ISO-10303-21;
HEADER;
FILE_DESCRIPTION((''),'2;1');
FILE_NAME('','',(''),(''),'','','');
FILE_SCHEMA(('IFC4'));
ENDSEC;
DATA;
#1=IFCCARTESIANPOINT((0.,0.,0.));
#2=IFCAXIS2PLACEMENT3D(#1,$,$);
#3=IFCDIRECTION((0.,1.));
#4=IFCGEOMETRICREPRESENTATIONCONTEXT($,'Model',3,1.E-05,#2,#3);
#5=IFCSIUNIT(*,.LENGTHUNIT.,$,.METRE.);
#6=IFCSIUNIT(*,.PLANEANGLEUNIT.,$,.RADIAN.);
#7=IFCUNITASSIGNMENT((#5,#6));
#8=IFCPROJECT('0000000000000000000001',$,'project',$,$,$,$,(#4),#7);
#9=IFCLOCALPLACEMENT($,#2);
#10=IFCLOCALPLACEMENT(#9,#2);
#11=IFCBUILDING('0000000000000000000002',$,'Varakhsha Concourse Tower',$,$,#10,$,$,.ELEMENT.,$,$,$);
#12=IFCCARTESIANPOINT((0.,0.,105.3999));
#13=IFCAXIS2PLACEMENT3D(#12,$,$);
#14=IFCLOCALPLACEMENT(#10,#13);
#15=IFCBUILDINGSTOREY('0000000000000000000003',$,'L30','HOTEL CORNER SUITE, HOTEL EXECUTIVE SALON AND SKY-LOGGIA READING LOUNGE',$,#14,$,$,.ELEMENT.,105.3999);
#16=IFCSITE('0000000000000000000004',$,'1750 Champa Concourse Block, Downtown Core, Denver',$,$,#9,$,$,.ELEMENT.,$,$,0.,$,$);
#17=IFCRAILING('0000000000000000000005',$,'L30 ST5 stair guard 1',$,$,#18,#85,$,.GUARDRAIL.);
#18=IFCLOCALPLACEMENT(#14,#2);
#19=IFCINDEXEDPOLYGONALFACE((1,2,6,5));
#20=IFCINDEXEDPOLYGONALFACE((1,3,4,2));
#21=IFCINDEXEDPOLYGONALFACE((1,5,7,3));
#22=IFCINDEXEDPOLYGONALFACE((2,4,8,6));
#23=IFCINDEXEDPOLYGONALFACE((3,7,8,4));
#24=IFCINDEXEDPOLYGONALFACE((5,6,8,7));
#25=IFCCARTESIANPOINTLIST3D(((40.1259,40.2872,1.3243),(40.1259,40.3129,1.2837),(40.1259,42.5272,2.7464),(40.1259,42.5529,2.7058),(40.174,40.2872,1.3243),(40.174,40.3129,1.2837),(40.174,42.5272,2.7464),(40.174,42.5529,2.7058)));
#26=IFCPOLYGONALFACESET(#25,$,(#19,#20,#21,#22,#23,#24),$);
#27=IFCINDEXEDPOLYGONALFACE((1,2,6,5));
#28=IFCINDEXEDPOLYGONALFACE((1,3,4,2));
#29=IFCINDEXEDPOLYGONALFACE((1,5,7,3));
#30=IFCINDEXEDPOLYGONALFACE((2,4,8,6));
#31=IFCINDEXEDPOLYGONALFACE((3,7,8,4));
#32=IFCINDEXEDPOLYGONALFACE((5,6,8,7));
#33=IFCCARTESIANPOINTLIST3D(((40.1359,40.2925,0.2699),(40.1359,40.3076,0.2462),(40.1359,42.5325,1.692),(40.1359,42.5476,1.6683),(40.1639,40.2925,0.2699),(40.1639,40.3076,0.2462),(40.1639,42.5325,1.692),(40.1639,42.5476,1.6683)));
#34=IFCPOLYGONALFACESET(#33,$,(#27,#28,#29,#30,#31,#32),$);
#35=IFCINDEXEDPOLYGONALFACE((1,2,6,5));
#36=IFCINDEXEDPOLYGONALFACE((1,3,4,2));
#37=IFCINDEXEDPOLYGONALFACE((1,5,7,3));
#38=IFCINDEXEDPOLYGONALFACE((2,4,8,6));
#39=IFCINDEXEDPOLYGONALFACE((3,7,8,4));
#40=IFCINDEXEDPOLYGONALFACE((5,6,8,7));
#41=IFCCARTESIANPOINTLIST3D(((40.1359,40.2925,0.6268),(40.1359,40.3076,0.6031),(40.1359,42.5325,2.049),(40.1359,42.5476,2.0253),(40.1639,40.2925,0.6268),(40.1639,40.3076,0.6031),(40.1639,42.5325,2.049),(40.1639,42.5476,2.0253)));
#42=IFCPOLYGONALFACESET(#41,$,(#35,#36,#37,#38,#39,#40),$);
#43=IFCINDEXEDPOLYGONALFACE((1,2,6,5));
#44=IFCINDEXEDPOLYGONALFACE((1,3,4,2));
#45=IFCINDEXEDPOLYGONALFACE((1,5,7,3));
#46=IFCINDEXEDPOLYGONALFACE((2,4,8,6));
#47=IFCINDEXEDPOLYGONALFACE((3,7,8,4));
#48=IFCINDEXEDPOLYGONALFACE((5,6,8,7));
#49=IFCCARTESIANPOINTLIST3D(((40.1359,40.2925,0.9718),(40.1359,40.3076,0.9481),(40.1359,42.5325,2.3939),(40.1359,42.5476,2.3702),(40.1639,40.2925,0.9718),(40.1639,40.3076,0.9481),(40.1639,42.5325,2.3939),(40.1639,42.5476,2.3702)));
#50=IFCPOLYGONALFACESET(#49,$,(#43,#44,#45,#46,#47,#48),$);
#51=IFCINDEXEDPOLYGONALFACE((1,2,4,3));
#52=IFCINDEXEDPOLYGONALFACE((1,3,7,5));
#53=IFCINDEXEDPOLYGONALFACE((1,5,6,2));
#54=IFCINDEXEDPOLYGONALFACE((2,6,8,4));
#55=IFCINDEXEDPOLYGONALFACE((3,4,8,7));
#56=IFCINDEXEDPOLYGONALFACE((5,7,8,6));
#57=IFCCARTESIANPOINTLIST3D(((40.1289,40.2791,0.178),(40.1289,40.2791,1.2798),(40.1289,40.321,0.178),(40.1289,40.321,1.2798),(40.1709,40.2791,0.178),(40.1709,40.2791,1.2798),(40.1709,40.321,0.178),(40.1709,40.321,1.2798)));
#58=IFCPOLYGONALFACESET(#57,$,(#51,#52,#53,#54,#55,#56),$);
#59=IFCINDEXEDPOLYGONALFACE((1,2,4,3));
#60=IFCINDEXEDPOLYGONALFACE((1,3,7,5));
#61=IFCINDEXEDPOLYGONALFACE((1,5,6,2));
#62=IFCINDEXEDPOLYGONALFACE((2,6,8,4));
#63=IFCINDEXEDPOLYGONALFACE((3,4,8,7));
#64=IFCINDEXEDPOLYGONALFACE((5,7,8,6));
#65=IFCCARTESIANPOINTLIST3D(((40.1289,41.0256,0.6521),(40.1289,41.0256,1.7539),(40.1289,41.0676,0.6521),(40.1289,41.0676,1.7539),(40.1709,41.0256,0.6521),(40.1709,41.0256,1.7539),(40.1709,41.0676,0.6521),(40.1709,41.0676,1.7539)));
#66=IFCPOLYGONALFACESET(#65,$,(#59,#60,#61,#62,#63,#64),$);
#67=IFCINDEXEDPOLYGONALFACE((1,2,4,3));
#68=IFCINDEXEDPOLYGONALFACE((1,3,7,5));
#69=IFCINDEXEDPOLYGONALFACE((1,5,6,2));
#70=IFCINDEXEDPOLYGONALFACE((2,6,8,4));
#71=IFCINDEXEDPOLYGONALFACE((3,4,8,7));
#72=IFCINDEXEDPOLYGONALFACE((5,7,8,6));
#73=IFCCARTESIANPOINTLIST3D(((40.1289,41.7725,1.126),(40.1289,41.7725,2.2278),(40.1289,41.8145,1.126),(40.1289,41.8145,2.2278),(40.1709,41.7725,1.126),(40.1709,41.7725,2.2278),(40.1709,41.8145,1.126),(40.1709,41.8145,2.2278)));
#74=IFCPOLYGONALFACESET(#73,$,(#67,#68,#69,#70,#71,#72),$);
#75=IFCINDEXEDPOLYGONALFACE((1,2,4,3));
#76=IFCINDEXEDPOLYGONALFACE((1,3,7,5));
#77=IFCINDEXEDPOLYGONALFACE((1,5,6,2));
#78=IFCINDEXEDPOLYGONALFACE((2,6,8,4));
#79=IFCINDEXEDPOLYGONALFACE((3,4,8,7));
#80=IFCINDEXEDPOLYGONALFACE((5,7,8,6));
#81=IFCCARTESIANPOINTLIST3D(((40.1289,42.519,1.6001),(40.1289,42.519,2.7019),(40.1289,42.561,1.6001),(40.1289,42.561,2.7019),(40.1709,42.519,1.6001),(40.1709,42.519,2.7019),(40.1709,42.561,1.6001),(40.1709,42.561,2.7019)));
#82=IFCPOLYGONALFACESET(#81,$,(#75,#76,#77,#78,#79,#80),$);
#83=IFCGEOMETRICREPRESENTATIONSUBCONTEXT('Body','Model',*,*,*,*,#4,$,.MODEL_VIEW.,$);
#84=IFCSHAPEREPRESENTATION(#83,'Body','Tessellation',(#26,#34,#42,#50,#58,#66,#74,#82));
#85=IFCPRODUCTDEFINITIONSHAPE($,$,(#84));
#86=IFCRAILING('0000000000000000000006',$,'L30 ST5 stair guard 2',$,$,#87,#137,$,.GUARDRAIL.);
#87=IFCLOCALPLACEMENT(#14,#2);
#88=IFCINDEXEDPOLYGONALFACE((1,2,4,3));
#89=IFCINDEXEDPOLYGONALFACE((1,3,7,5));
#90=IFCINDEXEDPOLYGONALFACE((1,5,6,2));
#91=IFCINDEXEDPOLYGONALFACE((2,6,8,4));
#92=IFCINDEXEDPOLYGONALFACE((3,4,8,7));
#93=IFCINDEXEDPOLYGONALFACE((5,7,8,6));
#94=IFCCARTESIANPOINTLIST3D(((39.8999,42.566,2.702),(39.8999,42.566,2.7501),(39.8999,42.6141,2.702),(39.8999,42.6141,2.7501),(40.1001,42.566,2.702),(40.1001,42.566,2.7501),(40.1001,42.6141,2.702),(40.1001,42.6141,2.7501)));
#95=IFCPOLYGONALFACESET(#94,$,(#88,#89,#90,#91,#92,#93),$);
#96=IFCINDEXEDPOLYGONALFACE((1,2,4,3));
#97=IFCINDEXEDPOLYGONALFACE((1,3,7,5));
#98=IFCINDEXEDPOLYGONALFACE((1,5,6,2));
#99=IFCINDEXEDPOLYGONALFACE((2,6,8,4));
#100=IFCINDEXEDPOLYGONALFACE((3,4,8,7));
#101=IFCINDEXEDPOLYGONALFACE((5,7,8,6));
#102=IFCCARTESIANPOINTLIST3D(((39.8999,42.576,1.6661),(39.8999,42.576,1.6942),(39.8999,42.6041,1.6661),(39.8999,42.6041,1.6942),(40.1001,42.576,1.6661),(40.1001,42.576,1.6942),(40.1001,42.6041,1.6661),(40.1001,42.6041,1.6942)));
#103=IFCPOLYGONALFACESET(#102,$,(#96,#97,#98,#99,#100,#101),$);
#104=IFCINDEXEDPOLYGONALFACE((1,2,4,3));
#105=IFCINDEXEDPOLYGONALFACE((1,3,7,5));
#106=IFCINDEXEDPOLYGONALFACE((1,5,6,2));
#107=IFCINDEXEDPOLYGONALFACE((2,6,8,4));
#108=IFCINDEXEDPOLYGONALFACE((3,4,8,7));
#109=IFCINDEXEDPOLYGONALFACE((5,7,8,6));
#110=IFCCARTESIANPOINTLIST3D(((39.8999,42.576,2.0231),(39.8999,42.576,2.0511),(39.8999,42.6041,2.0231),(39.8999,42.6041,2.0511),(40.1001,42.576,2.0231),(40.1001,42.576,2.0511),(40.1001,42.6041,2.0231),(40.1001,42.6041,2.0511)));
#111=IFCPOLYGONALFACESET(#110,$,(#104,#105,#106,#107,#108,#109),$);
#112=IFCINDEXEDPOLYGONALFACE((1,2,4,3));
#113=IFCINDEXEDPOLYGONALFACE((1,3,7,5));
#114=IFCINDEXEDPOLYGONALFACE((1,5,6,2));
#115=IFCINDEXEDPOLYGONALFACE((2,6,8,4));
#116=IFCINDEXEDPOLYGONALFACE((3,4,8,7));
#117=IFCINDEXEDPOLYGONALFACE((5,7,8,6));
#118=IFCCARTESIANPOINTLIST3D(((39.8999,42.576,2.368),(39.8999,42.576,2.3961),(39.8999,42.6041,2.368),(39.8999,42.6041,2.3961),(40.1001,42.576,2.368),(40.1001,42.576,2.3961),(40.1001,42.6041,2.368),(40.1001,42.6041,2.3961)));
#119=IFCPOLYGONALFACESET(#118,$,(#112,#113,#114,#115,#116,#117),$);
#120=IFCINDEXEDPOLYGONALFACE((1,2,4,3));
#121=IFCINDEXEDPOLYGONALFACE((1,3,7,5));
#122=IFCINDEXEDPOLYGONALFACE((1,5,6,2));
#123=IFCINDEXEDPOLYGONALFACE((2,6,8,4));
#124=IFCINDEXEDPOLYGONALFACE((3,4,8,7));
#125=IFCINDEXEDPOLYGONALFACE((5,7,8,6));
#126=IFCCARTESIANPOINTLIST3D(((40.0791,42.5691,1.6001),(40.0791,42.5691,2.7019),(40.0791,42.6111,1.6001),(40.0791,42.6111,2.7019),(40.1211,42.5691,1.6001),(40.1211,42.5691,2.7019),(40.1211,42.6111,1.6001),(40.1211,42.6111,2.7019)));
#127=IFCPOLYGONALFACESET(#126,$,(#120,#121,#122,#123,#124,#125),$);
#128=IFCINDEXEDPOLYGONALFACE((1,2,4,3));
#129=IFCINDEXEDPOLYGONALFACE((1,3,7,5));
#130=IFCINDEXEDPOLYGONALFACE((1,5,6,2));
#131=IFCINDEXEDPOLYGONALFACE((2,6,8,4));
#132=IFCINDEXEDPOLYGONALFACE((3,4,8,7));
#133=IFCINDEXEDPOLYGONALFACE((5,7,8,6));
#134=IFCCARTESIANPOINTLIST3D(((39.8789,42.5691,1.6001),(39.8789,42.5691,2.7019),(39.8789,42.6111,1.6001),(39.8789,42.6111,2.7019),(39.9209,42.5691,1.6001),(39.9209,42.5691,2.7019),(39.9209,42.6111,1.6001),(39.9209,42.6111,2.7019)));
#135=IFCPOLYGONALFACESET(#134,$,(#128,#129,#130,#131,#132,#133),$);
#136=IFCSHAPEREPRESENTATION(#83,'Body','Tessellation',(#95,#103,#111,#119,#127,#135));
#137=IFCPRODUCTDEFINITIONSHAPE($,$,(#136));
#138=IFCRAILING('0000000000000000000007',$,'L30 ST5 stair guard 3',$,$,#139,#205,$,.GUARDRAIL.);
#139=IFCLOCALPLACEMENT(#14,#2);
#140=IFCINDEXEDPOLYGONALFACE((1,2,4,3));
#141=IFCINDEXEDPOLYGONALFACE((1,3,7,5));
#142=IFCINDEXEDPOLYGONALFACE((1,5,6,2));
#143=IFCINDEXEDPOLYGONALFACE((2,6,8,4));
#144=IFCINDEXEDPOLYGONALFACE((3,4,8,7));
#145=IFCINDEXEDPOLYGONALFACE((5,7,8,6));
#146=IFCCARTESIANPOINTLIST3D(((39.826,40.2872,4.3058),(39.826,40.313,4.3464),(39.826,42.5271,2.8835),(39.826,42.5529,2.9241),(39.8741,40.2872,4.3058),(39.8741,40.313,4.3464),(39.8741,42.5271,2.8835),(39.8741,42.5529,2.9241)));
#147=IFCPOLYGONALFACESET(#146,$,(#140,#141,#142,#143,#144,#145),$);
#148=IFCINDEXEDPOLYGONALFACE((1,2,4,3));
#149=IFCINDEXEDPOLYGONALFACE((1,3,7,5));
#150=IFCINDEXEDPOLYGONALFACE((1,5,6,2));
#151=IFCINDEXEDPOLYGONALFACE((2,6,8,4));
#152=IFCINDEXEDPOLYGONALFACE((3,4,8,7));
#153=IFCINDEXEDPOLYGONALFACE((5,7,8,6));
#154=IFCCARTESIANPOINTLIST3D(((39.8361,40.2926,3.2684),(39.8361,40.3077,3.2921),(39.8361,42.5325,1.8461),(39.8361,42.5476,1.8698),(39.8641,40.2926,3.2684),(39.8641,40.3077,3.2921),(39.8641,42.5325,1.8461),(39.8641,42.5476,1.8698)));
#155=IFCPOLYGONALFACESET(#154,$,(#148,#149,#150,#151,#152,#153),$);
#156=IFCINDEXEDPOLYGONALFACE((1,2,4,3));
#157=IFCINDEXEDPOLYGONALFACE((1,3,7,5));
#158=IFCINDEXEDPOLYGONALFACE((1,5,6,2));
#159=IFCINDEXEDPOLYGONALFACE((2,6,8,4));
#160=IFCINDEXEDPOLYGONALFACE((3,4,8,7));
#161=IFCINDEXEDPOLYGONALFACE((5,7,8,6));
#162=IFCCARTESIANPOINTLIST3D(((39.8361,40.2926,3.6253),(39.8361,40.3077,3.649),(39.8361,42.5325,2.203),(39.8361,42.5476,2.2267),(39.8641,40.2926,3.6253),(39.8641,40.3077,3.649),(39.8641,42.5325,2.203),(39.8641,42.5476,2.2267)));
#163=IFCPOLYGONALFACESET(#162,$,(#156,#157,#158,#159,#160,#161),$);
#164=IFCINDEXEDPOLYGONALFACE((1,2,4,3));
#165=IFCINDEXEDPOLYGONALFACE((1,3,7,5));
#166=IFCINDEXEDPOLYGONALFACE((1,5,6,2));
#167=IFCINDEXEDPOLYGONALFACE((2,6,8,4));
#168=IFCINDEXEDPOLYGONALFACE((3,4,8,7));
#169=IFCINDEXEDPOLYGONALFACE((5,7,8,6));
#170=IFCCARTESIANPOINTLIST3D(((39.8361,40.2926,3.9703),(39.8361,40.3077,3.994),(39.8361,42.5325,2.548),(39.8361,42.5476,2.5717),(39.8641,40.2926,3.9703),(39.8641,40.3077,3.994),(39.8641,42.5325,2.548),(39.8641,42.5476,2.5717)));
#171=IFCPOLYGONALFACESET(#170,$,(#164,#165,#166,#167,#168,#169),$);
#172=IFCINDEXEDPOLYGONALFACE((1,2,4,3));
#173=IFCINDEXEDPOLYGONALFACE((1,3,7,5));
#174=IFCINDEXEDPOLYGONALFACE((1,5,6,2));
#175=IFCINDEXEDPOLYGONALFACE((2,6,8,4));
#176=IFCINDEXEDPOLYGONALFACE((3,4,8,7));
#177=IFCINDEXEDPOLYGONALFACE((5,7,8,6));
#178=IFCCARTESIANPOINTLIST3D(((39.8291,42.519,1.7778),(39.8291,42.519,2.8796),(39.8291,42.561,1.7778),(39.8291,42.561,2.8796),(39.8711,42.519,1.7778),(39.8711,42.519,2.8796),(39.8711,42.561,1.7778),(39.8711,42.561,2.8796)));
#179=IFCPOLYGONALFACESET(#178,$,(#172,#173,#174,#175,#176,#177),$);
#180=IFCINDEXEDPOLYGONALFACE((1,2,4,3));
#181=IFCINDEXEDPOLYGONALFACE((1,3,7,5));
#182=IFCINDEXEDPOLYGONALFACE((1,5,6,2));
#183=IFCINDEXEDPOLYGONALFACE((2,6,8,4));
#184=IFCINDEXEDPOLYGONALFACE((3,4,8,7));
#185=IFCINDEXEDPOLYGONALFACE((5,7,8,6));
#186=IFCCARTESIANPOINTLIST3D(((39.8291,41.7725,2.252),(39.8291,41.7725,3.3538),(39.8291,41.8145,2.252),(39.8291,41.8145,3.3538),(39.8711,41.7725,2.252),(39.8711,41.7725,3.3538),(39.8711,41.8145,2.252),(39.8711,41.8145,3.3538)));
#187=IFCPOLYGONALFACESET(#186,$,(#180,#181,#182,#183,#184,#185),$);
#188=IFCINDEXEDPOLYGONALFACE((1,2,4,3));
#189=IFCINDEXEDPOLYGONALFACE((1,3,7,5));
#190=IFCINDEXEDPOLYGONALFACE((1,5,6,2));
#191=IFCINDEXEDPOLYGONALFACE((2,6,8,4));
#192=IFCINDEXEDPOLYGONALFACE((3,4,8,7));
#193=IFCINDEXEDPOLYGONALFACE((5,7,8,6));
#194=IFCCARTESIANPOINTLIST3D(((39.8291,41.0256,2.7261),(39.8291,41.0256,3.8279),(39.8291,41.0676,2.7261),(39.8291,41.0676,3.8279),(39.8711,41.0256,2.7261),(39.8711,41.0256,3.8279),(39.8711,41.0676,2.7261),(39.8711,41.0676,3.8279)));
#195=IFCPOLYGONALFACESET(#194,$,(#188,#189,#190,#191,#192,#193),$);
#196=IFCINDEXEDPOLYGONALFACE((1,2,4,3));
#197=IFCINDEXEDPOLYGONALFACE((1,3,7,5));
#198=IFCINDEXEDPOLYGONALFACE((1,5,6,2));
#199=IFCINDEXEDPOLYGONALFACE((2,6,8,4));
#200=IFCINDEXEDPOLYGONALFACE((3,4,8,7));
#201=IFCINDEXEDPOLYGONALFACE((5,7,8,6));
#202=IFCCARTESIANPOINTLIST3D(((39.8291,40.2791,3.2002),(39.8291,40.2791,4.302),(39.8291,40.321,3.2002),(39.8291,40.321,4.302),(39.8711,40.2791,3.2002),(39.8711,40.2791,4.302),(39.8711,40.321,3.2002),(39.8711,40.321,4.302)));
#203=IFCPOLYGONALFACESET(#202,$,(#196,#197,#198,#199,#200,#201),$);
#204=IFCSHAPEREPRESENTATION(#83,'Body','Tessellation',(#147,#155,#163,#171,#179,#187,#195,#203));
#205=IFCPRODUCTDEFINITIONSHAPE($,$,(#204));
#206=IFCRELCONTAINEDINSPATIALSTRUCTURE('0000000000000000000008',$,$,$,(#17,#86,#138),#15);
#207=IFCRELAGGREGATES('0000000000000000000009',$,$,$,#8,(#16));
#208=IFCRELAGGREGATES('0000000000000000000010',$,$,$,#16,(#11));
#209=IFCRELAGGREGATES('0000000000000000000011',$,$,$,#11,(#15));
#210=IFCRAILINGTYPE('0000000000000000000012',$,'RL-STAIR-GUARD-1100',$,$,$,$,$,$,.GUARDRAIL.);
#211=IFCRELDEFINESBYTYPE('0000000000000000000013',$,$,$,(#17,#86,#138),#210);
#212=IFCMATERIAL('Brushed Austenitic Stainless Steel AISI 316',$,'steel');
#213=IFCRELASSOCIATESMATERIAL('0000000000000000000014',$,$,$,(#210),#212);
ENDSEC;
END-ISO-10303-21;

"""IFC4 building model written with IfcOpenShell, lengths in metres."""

from ifc_helpers import new_model, si_unit, direction, frame, origin, origin_2d, place, context, subcontext, project, spatial, rectangle, extrude, material, type_object, element, save


model = new_model("IFC4")

# Units and contexts
model_context = context("Model", 3, precision=1e-05, world=origin(), true_north=direction((0.0, 1.0)))
body_context = subcontext(model_context, "Body", "Model", "MODEL_VIEW")
ifc_project = project(units=[si_unit("LENGTHUNIT", "METRE"), si_unit("PLANEANGLEUNIT", "RADIAN")], contexts=[model_context])

# Site, building, storey
site_placement = place(None, origin())
site = spatial("IfcSite", under=ifc_project, at=site_placement, Name="1750 Champa Concourse Block, Downtown Core, Denver", CompositionType="ELEMENT", RefElevation=0.0)
building_placement = place(site_placement, origin())
building = spatial("IfcBuilding", under=site, at=building_placement, Name="Varakhsha Concourse Tower", CompositionType="ELEMENT")
storey_placement = place(building_placement, frame((0.0, 0.0, 105.3999)))
storey = spatial("IfcBuildingStorey", under=building, at=storey_placement, Name="L30", Description="HOTEL CORNER SUITE, HOTEL EXECUTIVE SALON AND SKY-LOGGIA READING LOUNGE", CompositionType="ELEMENT", Elevation=105.3999)

# Railings
ifc_material_1 = material(Name="Brushed Austenitic Stainless Steel AISI 316", Category="steel")
railing_type_1 = type_object("IfcRailingType", Name="RL-STAIR-GUARD-1100", PredefinedType="GUARDRAIL", material=ifc_material_1)
railing_1_placement = place(storey_placement, frame((40.1499, 40.3, 0.178)))
element("IfcRailing", 1, at=railing_1_placement, inside=storey, type_object=railing_type_1, Name="L30 ST5 stair guard 1", PredefinedType="GUARDRAIL", context=body_context, shape_type="SweptSolid", body=[
    extrude(rectangle(XDim=0.0481, YDim=0.0481, at=origin_2d()), frame((0.0, 0.0, 1.126), z_axis=(0.0, 0.844229, 0.535982), x_axis=(-1.0, 0.0, 0.0)), (0.0, 0.0, 1.0), 2.6533),
    extrude(rectangle(XDim=0.0281, YDim=0.0281, at=origin_2d()), frame((0.0, 0.0, 0.0801), z_axis=(0.0, 0.844229, 0.535982), x_axis=(-1.0, 0.0, 0.0)), (0.0, 0.0, 1.0), 2.6533),
    extrude(rectangle(XDim=0.0281, YDim=0.0281, at=origin_2d()), frame((0.0, 0.0, 0.437), z_axis=(0.0, 0.844229, 0.535982), x_axis=(-1.0, 0.0, 0.0)), (0.0, 0.0, 1.0), 2.6533),
    extrude(rectangle(XDim=0.0281, YDim=0.0281, at=origin_2d()), frame((0.0, 0.0, 0.782), z_axis=(0.0, 0.844229, 0.535982), x_axis=(-1.0, 0.0, 0.0)), (0.0, 0.0, 1.0), 2.6533),
    extrude(rectangle(XDim=0.042, YDim=0.042, at=origin_2d()), origin(), (0.0, 0.0, 1.0), 1.1018),
    extrude(rectangle(XDim=0.042, YDim=0.042, at=origin_2d()), frame((0.0, 0.7466, 0.4741)), (0.0, 0.0, 1.0), 1.1018),
    extrude(rectangle(XDim=0.042, YDim=0.042, at=origin_2d()), frame((0.0, 1.4934, 0.948)), (0.0, 0.0, 1.0), 1.1018),
    extrude(rectangle(XDim=0.042, YDim=0.042, at=origin_2d()), frame((0.0, 2.24, 1.4221)), (0.0, 0.0, 1.0), 1.1018),
])
railing_2_placement = place(storey_placement, frame((40.1001, 42.5901, 1.6001)))
element("IfcRailing", 2, at=railing_2_placement, inside=storey, type_object=railing_type_1, Name="L30 ST5 stair guard 2", PredefinedType="GUARDRAIL", context=body_context, shape_type="SweptSolid", body=[
    extrude(rectangle(XDim=0.0481, YDim=0.0481, at=origin_2d()), frame((0.0, 0.0, 1.126), z_axis=(-1.0, 0.0, 0.0), x_axis=(0.0, -1.0, 0.0)), (0.0, 0.0, 1.0), 0.2002),
    extrude(rectangle(XDim=0.0281, YDim=0.0281, at=origin_2d()), frame((0.0, 0.0, 0.0801), z_axis=(-1.0, 0.0, 0.0), x_axis=(0.0, -1.0, 0.0)), (0.0, 0.0, 1.0), 0.2002),
    extrude(rectangle(XDim=0.0281, YDim=0.0281, at=origin_2d()), frame((0.0, 0.0, 0.437), z_axis=(-1.0, 0.0, 0.0), x_axis=(0.0, -1.0, 0.0)), (0.0, 0.0, 1.0), 0.2002),
    extrude(rectangle(XDim=0.0281, YDim=0.0281, at=origin_2d()), frame((0.0, 0.0, 0.782), z_axis=(-1.0, 0.0, 0.0), x_axis=(0.0, -1.0, 0.0)), (0.0, 0.0, 1.0), 0.2002),
    extrude(rectangle(XDim=0.042, YDim=0.042, at=origin_2d()), origin(), (0.0, 0.0, 1.0), 1.1018),
    extrude(rectangle(XDim=0.042, YDim=0.042, at=origin_2d()), frame((-0.2002, 0.0, 0.0)), (0.0, 0.0, 1.0), 1.1018),
])
railing_3_placement = place(storey_placement, frame((39.8501, 42.54, 1.7778)))
element("IfcRailing", 3, at=railing_3_placement, inside=storey, type_object=railing_type_1, Name="L30 ST5 stair guard 3", PredefinedType="GUARDRAIL", context=body_context, shape_type="SweptSolid", body=[
    extrude(rectangle(XDim=0.0481, YDim=0.0481, at=origin_2d()), frame((0.0, 0.0, 1.126), z_axis=(0.0, -0.844188, 0.536048), x_axis=(1.0, 0.0, 0.0)), (0.0, 0.0, 1.0), 2.6533),
    extrude(rectangle(XDim=0.0281, YDim=0.0281, at=origin_2d()), frame((0.0, 0.0, 0.0801), z_axis=(0.0, -0.844188, 0.536048), x_axis=(1.0, 0.0, 0.0)), (0.0, 0.0, 1.0), 2.6533),
    extrude(rectangle(XDim=0.0281, YDim=0.0281, at=origin_2d()), frame((0.0, 0.0, 0.437), z_axis=(0.0, -0.844188, 0.536048), x_axis=(1.0, 0.0, 0.0)), (0.0, 0.0, 1.0), 2.6533),
    extrude(rectangle(XDim=0.0281, YDim=0.0281, at=origin_2d()), frame((0.0, 0.0, 0.782), z_axis=(0.0, -0.844188, 0.536048), x_axis=(1.0, 0.0, 0.0)), (0.0, 0.0, 1.0), 2.6533),
    extrude(rectangle(XDim=0.042, YDim=0.042, at=origin_2d()), origin(), (0.0, 0.0, 1.0), 1.1018),
    extrude(rectangle(XDim=0.042, YDim=0.042, at=origin_2d()), frame((0.0, -0.7466, 0.4741)), (0.0, 0.0, 1.0), 1.1018),
    extrude(rectangle(XDim=0.042, YDim=0.042, at=origin_2d()), frame((0.0, -1.4934, 0.9482)), (0.0, 0.0, 1.0), 1.1018),
    extrude(rectangle(XDim=0.042, YDim=0.042, at=origin_2d()), frame((0.0, -2.24, 1.4224)), (0.0, 0.0, 1.0), 1.1018),
])

save(model, "model.ifc")
